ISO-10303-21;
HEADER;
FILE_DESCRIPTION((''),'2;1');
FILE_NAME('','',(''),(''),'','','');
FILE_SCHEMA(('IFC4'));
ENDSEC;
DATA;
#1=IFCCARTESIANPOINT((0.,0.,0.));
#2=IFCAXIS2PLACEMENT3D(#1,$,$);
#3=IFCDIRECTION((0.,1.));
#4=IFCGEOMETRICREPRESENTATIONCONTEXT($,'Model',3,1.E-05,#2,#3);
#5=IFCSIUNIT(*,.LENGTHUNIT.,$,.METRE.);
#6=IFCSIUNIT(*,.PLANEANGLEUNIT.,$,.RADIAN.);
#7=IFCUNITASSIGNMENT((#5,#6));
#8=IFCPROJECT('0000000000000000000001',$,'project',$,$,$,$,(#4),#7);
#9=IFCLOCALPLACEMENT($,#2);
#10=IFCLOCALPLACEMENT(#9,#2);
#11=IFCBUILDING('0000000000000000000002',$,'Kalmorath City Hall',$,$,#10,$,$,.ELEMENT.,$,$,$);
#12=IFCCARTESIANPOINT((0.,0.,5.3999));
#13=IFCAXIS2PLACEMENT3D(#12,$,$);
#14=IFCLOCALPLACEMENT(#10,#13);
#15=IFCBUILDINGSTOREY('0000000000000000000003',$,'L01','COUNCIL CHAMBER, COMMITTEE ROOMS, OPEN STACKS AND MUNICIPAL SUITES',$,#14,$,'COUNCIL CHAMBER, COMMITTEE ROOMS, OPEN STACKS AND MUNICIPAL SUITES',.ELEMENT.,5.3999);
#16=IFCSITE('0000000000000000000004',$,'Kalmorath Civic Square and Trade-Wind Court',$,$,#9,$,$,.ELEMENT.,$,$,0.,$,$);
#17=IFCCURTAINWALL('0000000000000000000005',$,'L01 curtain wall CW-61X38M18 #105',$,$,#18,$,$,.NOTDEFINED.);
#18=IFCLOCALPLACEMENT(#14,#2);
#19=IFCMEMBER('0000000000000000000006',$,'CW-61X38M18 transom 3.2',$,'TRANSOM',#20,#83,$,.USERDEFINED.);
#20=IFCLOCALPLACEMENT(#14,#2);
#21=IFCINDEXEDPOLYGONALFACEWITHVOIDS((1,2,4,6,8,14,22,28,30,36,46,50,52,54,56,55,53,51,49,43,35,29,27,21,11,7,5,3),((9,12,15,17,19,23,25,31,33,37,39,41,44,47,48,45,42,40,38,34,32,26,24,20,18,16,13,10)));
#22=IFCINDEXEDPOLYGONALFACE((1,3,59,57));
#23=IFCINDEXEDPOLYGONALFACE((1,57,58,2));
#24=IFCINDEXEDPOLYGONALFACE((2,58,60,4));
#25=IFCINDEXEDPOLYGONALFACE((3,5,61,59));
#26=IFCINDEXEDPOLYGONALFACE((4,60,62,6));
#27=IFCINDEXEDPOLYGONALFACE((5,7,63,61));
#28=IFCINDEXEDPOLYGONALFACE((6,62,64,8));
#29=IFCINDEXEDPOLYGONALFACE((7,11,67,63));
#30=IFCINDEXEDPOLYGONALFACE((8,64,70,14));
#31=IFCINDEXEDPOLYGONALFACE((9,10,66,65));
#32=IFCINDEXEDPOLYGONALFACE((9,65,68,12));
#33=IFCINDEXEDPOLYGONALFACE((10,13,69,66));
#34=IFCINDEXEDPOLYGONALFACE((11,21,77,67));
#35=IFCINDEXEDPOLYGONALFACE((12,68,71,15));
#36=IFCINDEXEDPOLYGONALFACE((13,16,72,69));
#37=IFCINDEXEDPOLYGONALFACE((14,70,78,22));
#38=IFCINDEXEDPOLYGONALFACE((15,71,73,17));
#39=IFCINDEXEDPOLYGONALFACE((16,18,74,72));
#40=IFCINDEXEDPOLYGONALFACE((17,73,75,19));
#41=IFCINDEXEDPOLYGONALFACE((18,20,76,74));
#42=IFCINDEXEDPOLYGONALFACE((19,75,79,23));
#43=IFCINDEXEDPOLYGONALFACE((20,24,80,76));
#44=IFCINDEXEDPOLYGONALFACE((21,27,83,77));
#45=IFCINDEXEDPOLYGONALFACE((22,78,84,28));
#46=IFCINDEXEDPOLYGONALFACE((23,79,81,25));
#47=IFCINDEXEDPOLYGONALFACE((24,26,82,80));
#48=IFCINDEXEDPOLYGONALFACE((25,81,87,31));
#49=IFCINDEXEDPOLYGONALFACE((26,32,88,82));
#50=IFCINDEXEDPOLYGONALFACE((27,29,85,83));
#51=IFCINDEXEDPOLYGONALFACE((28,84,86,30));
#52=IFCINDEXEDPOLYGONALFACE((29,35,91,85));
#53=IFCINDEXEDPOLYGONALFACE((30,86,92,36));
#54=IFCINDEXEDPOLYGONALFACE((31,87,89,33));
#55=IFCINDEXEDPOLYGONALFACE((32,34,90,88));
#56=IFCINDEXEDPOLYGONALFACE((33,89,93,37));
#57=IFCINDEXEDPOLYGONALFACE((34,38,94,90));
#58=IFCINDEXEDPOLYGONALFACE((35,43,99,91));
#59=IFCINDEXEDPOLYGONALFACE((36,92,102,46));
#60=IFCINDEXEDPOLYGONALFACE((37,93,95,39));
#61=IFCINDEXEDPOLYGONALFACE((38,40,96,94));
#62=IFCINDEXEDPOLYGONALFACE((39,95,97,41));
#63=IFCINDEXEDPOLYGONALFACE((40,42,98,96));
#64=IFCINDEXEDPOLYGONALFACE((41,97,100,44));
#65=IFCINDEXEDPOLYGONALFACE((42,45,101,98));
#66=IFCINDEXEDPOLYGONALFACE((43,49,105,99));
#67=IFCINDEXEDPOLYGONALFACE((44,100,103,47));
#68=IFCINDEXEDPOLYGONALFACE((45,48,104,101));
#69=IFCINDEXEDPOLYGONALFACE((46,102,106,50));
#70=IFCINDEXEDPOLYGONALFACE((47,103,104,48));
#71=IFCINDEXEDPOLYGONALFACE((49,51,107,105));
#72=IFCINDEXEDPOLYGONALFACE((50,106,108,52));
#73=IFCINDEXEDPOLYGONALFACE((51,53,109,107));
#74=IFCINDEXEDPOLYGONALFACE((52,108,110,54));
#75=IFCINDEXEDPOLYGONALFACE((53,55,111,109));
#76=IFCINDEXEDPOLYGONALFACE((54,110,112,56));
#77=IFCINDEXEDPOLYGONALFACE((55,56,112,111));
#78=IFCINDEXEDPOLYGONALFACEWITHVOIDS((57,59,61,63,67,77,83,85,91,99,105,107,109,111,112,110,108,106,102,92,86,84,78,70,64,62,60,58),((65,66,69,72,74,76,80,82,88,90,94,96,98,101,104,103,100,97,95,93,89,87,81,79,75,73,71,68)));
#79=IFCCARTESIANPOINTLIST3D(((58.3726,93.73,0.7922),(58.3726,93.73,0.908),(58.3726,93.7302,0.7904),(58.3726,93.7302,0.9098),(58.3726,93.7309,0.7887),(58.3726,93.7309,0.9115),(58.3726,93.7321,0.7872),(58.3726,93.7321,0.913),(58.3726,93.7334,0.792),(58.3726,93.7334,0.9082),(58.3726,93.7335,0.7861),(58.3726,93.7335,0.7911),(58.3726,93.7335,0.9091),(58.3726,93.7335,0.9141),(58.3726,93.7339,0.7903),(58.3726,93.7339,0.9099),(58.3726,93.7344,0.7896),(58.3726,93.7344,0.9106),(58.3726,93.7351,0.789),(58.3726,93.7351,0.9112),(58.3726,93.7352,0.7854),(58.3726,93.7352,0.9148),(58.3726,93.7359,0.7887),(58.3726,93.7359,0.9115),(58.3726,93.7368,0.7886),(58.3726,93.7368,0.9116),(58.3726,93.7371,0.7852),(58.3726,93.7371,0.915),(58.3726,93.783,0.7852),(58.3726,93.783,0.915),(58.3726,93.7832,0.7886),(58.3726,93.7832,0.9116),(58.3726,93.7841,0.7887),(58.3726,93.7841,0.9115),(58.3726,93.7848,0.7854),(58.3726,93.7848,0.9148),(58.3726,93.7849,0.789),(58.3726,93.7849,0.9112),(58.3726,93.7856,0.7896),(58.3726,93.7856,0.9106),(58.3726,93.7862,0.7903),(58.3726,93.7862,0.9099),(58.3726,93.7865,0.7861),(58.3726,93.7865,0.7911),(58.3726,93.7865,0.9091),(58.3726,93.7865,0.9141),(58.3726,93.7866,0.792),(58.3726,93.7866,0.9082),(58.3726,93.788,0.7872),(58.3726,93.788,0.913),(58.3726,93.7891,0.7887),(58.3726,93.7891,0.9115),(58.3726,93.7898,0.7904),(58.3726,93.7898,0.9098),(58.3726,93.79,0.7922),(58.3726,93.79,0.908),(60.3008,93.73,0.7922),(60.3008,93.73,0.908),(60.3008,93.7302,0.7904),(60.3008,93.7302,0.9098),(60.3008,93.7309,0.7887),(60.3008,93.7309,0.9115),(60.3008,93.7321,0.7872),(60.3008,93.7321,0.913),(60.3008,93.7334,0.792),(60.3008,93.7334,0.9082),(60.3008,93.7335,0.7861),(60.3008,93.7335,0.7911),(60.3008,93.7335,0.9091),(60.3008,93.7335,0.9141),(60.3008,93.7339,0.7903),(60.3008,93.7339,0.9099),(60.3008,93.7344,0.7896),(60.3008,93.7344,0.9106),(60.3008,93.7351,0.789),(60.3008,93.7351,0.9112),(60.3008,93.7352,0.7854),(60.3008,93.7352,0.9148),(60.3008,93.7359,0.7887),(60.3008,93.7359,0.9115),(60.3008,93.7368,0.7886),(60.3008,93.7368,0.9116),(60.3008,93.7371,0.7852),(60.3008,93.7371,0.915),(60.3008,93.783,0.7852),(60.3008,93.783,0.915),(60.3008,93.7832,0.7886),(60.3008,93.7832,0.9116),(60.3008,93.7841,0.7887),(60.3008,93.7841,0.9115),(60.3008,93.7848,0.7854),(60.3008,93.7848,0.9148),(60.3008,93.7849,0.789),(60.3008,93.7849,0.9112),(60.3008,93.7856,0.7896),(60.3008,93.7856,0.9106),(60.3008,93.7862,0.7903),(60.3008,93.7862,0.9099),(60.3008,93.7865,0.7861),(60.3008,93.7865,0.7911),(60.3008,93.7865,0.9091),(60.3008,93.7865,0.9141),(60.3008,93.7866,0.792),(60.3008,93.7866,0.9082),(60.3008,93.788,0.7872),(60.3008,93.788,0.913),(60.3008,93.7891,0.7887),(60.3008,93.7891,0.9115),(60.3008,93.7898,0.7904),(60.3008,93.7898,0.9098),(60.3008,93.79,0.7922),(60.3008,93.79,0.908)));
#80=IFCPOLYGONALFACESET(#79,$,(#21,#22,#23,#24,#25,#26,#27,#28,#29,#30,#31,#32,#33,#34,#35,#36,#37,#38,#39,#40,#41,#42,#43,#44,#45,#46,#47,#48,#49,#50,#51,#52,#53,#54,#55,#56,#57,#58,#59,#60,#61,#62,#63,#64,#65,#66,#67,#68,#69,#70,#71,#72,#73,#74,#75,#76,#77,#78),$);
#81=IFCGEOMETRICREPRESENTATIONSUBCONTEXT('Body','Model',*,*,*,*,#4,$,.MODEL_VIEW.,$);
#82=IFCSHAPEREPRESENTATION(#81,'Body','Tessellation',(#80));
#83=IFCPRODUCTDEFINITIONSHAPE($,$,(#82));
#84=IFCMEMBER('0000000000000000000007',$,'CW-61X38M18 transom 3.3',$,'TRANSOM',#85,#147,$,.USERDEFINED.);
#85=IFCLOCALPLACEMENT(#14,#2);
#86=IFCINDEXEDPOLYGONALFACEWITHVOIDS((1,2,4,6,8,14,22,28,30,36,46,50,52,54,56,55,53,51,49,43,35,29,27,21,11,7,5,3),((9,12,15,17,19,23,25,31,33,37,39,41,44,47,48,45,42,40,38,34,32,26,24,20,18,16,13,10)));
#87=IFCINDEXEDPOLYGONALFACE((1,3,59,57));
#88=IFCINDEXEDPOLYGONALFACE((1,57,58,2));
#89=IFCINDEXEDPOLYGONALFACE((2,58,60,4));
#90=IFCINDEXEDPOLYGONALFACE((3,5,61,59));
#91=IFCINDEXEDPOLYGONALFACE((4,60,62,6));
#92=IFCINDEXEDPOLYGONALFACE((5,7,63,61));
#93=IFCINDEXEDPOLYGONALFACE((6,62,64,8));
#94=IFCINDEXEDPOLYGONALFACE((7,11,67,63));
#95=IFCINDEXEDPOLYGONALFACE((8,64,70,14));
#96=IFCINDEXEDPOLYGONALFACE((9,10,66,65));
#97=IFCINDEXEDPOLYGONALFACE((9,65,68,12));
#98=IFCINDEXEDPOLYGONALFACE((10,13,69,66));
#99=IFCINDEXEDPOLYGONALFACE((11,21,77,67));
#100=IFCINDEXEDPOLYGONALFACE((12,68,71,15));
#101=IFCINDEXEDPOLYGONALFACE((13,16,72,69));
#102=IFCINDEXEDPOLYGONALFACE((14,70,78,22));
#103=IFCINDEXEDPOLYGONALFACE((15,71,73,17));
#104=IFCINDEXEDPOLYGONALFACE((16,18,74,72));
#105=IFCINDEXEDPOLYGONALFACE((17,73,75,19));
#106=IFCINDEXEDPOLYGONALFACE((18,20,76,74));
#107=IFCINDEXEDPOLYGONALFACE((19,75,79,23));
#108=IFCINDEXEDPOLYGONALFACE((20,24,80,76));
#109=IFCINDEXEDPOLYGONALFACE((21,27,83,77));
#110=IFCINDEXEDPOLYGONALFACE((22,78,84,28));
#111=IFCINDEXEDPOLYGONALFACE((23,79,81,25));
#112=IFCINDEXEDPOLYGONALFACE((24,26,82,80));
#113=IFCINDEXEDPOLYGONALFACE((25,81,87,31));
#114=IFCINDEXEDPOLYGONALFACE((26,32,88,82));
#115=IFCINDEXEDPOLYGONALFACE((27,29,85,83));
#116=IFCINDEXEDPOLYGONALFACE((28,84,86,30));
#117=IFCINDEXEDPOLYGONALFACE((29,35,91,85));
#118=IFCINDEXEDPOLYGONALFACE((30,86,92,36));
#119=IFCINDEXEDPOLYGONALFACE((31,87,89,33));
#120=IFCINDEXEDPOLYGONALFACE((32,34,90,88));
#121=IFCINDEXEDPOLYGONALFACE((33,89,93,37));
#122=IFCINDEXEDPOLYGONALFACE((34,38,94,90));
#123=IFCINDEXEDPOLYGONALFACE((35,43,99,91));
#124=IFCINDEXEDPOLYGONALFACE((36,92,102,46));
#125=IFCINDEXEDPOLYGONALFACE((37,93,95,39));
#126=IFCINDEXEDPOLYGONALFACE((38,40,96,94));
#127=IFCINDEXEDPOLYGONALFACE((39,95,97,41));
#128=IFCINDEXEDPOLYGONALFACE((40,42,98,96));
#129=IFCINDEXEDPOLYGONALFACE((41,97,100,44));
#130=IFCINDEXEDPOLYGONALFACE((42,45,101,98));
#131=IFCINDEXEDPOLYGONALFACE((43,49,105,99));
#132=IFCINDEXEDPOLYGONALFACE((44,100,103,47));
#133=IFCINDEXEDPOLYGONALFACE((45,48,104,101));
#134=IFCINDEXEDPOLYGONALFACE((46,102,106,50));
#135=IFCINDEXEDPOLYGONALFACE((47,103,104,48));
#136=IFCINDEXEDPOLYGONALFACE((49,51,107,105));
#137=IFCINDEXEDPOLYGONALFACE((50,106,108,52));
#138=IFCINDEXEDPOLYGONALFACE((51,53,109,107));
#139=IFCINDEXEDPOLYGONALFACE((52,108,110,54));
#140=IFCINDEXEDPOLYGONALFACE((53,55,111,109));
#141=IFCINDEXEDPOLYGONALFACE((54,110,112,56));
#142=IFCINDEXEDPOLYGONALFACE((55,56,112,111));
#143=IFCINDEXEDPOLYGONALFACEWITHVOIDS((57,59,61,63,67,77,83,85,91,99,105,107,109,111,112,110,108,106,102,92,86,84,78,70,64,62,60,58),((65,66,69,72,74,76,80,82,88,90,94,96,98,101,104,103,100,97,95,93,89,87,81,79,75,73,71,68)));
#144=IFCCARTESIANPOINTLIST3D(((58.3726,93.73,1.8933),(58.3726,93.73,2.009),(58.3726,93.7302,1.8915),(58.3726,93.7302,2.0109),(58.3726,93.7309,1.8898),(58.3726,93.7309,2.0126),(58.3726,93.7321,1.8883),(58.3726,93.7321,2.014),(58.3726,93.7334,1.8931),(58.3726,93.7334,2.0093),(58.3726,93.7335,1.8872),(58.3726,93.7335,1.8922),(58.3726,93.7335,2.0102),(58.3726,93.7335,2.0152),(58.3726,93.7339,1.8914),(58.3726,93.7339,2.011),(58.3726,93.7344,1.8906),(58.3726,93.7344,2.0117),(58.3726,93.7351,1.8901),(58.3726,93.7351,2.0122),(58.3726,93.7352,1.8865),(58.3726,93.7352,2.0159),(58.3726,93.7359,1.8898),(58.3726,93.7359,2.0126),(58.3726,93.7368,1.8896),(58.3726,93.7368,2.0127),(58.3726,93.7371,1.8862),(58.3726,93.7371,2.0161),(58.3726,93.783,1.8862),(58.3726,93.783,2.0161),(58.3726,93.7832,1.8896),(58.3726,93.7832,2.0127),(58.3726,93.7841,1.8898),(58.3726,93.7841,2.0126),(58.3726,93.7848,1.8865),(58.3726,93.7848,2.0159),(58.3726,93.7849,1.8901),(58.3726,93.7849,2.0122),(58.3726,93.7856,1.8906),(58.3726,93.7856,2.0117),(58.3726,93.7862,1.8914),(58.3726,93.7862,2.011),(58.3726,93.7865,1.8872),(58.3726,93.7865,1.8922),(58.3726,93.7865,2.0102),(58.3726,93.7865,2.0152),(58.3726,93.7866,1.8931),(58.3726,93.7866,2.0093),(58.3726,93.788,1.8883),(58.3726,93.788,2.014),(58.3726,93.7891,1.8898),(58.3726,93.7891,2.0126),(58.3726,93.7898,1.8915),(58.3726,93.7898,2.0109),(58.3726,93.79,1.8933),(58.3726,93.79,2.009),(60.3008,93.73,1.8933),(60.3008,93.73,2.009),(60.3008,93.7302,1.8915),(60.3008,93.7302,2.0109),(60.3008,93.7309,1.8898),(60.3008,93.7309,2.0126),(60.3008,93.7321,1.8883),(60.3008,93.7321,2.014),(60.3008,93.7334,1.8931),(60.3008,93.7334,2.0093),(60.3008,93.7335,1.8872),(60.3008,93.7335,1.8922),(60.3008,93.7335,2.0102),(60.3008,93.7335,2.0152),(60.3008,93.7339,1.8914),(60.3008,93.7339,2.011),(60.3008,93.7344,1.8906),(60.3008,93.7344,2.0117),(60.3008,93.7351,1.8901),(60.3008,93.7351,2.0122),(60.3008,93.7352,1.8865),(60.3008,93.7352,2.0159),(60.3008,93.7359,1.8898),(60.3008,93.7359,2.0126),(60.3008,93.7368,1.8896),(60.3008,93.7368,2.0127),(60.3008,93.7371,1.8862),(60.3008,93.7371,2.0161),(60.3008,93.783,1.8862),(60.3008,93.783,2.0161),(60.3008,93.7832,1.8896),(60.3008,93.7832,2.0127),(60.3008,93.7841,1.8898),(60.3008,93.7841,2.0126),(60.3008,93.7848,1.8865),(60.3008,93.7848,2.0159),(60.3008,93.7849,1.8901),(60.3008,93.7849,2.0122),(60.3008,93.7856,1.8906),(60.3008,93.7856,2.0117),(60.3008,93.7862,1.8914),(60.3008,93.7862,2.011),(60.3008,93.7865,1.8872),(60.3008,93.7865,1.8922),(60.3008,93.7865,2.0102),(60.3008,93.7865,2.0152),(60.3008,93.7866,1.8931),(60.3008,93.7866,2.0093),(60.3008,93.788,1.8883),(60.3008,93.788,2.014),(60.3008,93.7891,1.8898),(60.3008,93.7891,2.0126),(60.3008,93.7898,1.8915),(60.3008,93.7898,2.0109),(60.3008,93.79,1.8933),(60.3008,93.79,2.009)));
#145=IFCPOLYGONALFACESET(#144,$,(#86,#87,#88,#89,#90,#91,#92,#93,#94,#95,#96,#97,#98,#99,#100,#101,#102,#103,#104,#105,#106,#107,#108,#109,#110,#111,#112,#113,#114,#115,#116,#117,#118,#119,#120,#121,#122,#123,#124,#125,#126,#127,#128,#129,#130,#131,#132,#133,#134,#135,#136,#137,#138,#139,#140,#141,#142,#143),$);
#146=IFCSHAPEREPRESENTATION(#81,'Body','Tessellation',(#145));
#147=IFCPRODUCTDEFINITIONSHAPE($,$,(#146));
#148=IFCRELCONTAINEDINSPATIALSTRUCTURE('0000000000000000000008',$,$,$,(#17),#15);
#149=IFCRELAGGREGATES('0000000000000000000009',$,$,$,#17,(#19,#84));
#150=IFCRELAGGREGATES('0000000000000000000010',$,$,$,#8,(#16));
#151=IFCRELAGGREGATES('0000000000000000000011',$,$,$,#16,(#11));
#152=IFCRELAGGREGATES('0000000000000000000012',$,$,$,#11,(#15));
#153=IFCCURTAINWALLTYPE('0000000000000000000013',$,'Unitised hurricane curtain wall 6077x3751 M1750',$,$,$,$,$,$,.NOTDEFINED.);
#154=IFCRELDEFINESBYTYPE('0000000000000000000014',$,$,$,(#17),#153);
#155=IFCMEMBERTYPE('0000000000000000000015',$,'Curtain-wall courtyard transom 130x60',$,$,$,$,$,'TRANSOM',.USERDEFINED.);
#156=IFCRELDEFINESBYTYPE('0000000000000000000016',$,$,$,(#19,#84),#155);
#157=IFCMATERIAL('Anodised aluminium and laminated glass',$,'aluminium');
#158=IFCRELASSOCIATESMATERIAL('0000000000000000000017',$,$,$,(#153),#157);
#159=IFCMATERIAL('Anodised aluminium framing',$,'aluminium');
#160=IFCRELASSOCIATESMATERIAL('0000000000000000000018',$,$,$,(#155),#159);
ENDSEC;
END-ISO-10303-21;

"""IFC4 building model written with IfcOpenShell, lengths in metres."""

from ifc_helpers import new_model, si_unit, direction, frame, origin, origin_2d, place, context, subcontext, project, spatial, hollow_rectangle, extrude, material, material_profile, profile_set, type_object, element, aggregate, save


model = new_model("IFC4")

# Units and contexts
model_context = context("Model", 3, precision=1e-05, world=origin(), true_north=direction((0.0, 1.0)))
body_context = subcontext(model_context, "Body", "Model", "MODEL_VIEW")
ifc_project = project(units=[si_unit("LENGTHUNIT", "METRE"), si_unit("PLANEANGLEUNIT", "RADIAN")], contexts=[model_context])

# Site, building, storey
site_placement = place(None, origin())
site = spatial("IfcSite", under=ifc_project, at=site_placement, Name="Kalmorath Civic Square and Trade-Wind Court", CompositionType="ELEMENT", RefElevation=0.0)
building_placement = place(site_placement, origin())
building = spatial("IfcBuilding", under=site, at=building_placement, Name="Kalmorath City Hall", CompositionType="ELEMENT")
storey_placement = place(building_placement, frame((0.0, 0.0, 5.3999)))
storey = spatial("IfcBuildingStorey", under=building, at=storey_placement, Name="L01", Description="COUNCIL CHAMBER, COMMITTEE ROOMS, OPEN STACKS AND MUNICIPAL SUITES", LongName="COUNCIL CHAMBER, COMMITTEE ROOMS, OPEN STACKS AND MUNICIPAL SUITES", CompositionType="ELEMENT", Elevation=5.3999)

# Curtain wall, members
ifc_material_1 = material(Name="Anodised aluminium and laminated glass", Category="aluminium")
curtain_wall_type = type_object("IfcCurtainWallType", Name="Unitised hurricane curtain wall 6077x3751 M1750", PredefinedType="NOTDEFINED", material=ifc_material_1)
curtain_wall_placement = place(storey_placement, origin())
curtain_wall = element("IfcCurtainWall", 1, at=curtain_wall_placement, inside=storey, type_object=curtain_wall_type, Name="L01 curtain wall CW-61X38M18 #105", PredefinedType="NOTDEFINED")
ifc_material_2 = material(Name="Anodised aluminium framing", Category="aluminium")
ifc_material_profile_1 = material_profile(ifc_material_2, hollow_rectangle(XDim=0.0601, YDim=0.1299, WallThickness=0.0034, InnerFilletRadius=0.0034, OuterFilletRadius=0.0071, at=origin_2d()), Name="ALU-TRN-130X60X3.5")
ifc_profile_set_1 = profile_set([ifc_material_profile_1], Name="Anodised aluminium framing")
member_type_1 = type_object("IfcMemberType", Name="Curtain-wall courtyard transom 130x60", ElementType="TRANSOM", PredefinedType="USERDEFINED", material=ifc_profile_set_1)
member_1_placement = place(storey_placement, frame((60.3008, 93.76, 0.8501), z_axis=(-1.0, 0.0, 0.0), x_axis=(0.0, -1.0, 0.0)))
member_1 = element("IfcMember", 2, at=member_1_placement, type_object=member_type_1, Name="CW-61X38M18 transom 3.2", ObjectType="TRANSOM", PredefinedType="USERDEFINED", context=body_context, shape_type="SweptSolid", body=[
    extrude(hollow_rectangle(XDim=0.0601, YDim=0.1299, WallThickness=0.0034, InnerFilletRadius=0.0034, OuterFilletRadius=0.0071, at=origin_2d()), origin(), (0.0, 0.0, 1.0), 1.9282),
])
member_2_placement = place(storey_placement, frame((60.3008, 93.76, 1.9512), z_axis=(-1.0, 0.0, 0.0), x_axis=(0.0, -1.0, 0.0)))
member_2 = element("IfcMember", 3, at=member_2_placement, type_object=member_type_1, Name="CW-61X38M18 transom 3.3", ObjectType="TRANSOM", PredefinedType="USERDEFINED", context=body_context, shape_type="SweptSolid", body=[
    extrude(hollow_rectangle(XDim=0.0601, YDim=0.1299, WallThickness=0.0034, InnerFilletRadius=0.0034, OuterFilletRadius=0.0071, at=origin_2d()), origin(), (0.0, 0.0, 1.0), 1.9282),
])
aggregate(curtain_wall, [member_1, member_2])

save(model, "model.ifc")
